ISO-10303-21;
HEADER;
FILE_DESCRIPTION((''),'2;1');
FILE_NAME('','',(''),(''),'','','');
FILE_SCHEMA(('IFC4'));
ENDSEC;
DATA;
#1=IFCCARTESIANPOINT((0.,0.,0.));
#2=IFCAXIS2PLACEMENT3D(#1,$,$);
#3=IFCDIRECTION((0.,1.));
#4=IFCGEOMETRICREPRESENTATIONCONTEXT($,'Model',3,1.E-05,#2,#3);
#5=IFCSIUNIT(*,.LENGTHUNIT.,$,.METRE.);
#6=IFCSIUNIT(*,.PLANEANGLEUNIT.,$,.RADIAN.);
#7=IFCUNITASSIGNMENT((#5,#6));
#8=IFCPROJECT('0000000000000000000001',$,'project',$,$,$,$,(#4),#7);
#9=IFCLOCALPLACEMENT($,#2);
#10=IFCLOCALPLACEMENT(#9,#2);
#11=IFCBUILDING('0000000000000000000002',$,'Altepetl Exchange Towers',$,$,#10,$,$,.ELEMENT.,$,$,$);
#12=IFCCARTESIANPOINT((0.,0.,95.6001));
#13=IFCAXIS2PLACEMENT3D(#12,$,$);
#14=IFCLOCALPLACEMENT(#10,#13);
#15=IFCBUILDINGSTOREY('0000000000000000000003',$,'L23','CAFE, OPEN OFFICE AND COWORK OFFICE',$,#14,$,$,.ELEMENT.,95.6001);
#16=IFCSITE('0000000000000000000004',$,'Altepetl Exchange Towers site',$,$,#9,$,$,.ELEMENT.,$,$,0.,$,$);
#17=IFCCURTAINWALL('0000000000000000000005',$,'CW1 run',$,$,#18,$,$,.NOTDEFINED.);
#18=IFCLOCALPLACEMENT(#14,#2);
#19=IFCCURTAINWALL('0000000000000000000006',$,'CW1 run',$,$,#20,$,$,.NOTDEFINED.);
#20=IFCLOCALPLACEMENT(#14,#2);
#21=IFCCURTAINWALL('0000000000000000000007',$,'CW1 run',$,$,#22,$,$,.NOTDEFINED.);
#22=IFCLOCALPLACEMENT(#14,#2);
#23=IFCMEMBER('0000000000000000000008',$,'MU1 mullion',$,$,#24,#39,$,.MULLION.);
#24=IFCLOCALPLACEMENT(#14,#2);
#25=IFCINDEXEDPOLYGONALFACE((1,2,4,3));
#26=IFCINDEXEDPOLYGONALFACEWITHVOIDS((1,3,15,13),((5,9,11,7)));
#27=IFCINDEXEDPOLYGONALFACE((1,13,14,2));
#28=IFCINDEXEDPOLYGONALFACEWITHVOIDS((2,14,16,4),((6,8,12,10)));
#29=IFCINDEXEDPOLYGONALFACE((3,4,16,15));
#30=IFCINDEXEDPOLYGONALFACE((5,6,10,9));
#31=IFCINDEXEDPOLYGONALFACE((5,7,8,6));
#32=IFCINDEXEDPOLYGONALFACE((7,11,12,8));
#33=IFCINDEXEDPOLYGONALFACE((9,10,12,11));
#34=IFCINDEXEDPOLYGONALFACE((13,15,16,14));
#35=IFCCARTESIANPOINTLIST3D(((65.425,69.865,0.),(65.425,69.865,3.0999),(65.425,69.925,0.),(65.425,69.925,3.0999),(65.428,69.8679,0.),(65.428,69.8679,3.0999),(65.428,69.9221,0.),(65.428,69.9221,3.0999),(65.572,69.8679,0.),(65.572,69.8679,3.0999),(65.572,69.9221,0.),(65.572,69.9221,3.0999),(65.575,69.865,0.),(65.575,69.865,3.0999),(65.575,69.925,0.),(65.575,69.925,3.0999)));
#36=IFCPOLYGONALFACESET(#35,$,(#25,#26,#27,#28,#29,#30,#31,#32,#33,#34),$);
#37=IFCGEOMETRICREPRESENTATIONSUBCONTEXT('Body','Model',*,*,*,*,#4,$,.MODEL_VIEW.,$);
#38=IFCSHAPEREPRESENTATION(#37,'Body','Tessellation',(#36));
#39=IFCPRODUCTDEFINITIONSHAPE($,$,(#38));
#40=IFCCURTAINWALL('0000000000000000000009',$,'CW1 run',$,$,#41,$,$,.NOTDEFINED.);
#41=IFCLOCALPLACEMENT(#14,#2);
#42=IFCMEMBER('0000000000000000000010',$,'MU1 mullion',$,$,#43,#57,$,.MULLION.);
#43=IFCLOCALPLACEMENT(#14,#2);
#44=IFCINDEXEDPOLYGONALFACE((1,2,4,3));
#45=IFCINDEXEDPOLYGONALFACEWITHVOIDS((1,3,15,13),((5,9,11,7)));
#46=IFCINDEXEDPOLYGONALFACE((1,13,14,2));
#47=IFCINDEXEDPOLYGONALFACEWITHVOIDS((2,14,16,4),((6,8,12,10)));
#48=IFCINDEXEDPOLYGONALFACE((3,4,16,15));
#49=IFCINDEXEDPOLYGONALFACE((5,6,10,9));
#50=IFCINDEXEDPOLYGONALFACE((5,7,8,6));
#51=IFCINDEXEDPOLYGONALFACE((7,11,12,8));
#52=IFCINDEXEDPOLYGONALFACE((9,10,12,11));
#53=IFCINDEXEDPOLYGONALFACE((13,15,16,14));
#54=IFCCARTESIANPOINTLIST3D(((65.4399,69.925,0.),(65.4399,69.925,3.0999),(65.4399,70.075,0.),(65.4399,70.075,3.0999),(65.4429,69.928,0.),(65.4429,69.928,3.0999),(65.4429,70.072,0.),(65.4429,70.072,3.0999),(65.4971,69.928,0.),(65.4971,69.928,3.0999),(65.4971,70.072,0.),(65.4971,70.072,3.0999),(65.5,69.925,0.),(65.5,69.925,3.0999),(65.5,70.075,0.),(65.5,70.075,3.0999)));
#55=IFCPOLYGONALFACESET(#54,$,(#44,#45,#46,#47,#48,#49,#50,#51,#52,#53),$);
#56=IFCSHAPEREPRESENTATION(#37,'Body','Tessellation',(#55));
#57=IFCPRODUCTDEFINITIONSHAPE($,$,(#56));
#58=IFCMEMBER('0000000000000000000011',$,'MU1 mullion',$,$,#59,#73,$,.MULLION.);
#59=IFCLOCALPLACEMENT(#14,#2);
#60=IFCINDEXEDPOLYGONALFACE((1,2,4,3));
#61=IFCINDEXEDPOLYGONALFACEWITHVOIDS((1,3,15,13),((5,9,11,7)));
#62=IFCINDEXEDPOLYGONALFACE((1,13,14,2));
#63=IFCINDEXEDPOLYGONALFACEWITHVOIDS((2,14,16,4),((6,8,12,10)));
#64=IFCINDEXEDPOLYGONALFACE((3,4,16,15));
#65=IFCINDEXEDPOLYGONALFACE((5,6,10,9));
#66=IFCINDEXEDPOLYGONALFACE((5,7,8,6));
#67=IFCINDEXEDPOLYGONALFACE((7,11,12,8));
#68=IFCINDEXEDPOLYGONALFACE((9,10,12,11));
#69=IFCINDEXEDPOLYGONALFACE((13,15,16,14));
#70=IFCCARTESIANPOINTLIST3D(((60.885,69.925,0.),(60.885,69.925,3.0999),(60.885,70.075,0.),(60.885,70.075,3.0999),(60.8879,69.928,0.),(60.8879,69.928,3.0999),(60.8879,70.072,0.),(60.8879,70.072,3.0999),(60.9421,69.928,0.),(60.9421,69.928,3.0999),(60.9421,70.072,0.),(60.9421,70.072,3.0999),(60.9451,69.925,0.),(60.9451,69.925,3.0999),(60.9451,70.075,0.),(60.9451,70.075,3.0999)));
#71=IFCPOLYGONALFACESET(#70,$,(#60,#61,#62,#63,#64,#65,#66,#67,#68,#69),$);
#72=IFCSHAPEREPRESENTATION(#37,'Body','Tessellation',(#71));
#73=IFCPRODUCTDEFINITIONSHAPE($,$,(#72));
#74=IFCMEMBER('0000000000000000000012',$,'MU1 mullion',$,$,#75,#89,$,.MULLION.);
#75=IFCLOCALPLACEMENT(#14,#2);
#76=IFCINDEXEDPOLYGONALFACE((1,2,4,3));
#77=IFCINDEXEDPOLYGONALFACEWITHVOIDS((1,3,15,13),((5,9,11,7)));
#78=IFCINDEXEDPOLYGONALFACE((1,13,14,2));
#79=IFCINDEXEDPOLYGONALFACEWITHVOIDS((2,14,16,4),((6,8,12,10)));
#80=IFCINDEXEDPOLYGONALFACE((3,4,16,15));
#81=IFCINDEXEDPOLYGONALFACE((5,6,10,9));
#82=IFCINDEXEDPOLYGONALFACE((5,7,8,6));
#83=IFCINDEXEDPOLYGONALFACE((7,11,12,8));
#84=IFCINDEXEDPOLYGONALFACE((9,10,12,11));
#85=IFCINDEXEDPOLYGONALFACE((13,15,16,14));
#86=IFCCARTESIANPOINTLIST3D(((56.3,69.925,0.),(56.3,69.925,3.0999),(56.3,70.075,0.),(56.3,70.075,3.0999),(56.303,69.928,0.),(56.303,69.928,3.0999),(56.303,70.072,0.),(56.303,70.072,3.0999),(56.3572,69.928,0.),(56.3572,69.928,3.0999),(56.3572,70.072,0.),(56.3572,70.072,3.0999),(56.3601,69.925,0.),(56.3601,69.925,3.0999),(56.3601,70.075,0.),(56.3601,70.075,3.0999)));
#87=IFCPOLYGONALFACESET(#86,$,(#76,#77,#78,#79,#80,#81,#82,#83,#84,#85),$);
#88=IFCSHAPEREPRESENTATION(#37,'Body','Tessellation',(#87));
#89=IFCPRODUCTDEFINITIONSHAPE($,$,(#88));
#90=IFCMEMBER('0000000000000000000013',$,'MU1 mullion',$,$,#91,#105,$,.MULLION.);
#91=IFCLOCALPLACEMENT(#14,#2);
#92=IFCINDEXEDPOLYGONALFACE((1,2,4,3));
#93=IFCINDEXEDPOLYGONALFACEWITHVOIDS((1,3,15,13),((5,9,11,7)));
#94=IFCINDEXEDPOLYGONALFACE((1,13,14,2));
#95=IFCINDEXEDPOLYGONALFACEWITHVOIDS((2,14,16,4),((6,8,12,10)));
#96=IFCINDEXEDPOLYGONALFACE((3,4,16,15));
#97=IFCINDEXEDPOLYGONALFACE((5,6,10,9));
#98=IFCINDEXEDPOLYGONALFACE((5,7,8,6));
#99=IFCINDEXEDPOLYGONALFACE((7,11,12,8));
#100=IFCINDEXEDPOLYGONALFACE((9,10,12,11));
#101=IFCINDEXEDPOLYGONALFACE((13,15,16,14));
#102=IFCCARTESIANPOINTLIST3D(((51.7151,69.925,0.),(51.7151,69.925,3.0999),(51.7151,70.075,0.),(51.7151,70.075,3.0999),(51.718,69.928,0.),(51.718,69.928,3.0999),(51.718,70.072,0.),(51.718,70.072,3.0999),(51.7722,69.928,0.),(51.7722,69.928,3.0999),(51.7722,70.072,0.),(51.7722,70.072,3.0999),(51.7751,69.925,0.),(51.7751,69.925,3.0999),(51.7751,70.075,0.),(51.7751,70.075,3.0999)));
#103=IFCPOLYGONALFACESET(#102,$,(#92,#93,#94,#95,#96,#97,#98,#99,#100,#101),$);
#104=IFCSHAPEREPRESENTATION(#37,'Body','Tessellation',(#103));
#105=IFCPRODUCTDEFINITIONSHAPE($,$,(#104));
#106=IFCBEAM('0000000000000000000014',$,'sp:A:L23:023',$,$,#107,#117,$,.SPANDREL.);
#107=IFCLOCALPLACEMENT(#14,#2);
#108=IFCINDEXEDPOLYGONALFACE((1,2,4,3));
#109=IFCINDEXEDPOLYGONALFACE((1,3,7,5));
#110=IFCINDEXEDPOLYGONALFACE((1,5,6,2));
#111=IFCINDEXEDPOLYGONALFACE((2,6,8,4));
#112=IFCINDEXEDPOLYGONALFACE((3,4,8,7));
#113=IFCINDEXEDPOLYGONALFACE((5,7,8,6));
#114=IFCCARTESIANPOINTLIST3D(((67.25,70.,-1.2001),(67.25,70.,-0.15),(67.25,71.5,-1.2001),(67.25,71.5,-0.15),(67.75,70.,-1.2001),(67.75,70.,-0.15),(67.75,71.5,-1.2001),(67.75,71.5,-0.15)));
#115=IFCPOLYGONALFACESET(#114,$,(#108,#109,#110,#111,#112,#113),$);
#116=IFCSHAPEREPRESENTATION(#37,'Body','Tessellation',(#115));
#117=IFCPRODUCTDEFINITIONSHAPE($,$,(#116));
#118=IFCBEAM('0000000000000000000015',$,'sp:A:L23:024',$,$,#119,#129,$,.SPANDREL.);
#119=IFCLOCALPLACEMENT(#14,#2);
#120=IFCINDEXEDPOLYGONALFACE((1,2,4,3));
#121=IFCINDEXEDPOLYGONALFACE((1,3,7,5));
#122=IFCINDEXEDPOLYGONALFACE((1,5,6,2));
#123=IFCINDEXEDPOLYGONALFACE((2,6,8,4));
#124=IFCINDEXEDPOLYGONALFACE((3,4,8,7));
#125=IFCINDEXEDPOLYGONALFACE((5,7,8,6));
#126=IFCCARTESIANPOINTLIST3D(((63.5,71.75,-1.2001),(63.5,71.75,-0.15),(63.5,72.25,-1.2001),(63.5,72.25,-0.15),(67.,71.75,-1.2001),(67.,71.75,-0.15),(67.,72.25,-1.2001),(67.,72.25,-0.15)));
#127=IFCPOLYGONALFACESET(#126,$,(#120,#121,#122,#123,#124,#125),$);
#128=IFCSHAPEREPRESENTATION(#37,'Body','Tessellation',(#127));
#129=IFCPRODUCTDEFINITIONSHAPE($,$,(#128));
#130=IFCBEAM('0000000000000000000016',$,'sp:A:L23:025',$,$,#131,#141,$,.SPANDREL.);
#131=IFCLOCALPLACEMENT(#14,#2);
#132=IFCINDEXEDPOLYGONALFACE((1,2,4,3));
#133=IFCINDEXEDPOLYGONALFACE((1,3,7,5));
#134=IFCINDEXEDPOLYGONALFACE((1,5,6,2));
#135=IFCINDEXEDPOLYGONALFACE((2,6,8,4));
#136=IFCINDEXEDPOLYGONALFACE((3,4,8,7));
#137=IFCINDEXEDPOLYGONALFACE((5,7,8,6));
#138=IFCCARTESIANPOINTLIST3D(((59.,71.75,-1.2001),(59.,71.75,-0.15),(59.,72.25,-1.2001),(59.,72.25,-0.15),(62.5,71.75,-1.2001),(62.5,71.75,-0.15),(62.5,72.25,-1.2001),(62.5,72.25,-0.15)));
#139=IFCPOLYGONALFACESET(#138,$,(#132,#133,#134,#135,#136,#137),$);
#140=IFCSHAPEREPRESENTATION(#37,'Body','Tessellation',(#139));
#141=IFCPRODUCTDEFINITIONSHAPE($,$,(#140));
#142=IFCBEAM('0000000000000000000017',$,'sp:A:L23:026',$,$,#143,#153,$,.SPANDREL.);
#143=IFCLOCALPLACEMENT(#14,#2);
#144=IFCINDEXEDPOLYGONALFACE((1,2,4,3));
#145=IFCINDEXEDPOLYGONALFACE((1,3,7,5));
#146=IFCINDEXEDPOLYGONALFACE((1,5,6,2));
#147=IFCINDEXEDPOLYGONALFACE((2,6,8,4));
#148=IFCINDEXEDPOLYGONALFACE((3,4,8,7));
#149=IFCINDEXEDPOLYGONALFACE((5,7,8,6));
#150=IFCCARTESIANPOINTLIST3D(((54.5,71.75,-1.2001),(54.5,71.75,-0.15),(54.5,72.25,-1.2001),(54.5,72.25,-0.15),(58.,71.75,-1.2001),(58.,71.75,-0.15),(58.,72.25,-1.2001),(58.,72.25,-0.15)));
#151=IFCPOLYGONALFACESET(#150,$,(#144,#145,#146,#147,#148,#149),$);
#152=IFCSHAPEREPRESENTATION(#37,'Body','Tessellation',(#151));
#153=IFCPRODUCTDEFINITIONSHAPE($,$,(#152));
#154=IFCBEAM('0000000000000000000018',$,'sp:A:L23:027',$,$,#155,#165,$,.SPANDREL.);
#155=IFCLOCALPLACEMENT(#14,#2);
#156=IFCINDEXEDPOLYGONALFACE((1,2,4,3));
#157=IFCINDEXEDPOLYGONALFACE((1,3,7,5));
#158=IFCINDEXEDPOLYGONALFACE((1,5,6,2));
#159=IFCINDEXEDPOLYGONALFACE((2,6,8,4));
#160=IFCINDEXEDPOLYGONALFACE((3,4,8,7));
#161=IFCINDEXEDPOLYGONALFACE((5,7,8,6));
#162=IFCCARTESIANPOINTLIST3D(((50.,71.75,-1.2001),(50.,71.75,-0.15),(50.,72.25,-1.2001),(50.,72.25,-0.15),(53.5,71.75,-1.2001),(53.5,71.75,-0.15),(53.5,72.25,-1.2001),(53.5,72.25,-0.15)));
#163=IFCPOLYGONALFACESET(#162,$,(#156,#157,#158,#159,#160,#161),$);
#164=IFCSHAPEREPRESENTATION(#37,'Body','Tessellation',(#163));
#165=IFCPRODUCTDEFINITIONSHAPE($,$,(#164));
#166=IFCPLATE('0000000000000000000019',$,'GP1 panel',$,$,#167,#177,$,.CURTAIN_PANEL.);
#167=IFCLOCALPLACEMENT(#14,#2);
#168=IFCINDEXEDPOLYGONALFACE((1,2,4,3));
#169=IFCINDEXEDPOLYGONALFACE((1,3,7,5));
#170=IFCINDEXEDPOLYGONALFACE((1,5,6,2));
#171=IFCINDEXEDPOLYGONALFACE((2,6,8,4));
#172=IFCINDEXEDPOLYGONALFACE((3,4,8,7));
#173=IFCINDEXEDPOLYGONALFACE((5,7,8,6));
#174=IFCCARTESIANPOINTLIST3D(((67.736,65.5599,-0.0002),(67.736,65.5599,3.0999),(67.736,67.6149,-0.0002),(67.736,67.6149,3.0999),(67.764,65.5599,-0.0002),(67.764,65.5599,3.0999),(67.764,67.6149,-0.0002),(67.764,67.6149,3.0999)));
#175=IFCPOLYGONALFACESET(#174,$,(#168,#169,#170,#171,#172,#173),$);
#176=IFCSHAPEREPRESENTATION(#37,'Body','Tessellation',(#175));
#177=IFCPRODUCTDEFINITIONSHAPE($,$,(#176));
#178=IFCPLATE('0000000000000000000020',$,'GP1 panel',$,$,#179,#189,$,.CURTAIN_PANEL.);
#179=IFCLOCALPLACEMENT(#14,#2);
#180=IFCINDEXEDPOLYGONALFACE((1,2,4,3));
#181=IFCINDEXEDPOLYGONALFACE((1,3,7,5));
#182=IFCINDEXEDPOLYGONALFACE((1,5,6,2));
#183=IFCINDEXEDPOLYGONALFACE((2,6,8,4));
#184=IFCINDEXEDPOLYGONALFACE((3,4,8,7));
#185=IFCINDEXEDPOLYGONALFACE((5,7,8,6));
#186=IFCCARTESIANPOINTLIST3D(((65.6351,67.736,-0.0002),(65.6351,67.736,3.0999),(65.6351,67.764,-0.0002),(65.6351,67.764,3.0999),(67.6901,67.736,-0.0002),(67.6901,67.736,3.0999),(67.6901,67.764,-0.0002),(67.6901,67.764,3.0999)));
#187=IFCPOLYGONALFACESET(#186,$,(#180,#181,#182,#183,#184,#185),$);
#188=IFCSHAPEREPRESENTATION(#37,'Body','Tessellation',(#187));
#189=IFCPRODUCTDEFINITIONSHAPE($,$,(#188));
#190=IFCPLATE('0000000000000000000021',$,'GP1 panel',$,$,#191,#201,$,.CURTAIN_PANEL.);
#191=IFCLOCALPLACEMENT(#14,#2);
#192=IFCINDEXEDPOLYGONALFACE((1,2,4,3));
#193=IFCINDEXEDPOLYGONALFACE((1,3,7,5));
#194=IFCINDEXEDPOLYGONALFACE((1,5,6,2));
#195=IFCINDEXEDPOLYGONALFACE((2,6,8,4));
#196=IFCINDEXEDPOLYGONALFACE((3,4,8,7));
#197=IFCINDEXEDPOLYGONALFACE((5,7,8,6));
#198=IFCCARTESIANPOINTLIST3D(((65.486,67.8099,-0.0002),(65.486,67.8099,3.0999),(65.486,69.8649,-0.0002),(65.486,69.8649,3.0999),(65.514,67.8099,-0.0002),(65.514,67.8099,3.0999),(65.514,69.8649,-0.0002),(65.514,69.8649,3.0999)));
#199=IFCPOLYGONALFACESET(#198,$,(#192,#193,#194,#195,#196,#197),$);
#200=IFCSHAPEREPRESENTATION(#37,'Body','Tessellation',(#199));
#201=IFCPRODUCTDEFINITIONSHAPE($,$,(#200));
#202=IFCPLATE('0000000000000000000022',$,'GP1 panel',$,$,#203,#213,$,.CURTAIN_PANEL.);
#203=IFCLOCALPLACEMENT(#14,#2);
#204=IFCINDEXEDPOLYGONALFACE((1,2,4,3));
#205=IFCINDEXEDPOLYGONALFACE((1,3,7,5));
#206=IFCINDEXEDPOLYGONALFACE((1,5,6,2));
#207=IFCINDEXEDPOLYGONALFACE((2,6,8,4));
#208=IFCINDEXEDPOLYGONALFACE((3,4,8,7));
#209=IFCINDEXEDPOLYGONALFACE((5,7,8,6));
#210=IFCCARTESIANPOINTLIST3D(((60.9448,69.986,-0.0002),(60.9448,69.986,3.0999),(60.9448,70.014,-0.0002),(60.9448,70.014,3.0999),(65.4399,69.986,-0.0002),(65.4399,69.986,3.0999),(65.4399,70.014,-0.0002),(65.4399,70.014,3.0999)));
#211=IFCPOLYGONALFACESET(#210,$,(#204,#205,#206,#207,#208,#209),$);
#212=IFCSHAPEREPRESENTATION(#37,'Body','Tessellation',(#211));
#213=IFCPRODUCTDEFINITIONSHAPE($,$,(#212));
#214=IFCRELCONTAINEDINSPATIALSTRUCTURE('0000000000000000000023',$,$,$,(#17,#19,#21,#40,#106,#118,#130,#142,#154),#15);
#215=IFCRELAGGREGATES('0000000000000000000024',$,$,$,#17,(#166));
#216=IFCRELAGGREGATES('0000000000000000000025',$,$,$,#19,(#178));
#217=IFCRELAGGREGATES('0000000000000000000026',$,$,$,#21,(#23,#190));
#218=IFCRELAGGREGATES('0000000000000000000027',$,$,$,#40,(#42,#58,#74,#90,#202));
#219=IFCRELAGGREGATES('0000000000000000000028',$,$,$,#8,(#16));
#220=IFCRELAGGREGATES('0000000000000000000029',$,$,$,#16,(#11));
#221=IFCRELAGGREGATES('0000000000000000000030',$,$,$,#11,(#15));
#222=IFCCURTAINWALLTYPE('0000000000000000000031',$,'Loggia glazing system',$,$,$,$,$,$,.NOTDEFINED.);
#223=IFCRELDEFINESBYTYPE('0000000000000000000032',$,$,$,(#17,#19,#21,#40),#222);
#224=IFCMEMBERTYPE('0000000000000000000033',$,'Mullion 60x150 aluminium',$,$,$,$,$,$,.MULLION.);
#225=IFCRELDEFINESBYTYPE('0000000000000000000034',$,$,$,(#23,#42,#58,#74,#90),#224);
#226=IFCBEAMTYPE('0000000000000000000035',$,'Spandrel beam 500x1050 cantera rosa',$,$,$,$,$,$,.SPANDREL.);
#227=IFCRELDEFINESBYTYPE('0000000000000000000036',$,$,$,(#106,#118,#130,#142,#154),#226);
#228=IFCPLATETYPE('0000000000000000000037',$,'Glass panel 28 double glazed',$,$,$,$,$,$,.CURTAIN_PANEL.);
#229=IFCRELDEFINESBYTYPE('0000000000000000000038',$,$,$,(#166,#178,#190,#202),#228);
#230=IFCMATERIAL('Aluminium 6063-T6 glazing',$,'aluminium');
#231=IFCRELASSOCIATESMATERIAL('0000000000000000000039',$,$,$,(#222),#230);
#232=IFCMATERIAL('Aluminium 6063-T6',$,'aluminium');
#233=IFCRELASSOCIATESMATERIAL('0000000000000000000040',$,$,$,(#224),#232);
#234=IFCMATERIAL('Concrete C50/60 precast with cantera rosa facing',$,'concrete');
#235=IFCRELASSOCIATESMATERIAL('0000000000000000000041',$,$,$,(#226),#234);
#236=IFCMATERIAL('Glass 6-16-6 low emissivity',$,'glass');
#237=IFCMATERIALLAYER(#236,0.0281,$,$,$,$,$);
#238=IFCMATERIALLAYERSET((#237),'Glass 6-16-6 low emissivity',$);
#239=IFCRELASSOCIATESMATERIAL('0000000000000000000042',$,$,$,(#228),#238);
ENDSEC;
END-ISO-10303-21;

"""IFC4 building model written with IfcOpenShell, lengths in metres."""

from ifc_helpers import new_model, si_unit, direction, frame, origin, origin_2d, place, context, subcontext, project, spatial, rectangle, hollow_rectangle, extrude, material, layer, layer_set, material_profile, profile_set, type_object, element, aggregate, save


model = new_model("IFC4")

# Units and contexts
model_context = context("Model", 3, precision=1e-05, world=origin(), true_north=direction((0.0, 1.0)))
body_context = subcontext(model_context, "Body", "Model", "MODEL_VIEW")
ifc_project = project(units=[si_unit("LENGTHUNIT", "METRE"), si_unit("PLANEANGLEUNIT", "RADIAN")], contexts=[model_context])

# Site, building, storey
site_placement = place(None, origin())
site = spatial("IfcSite", under=ifc_project, at=site_placement, Name="Altepetl Exchange Towers site", CompositionType="ELEMENT", RefElevation=0.0)
building_placement = place(site_placement, origin())
building = spatial("IfcBuilding", under=site, at=building_placement, Name="Altepetl Exchange Towers", CompositionType="ELEMENT")
storey_placement = place(building_placement, frame((0.0, 0.0, 95.6001)))
storey = spatial("IfcBuildingStorey", under=building, at=storey_placement, Name="L23", Description="CAFE, OPEN OFFICE AND COWORK OFFICE", CompositionType="ELEMENT", Elevation=95.6001)

# Curtain walls, members
ifc_material_1 = material(Name="Aluminium 6063-T6 glazing", Category="aluminium")
curtain_wall_type = type_object("IfcCurtainWallType", Name="Loggia glazing system", PredefinedType="NOTDEFINED", material=ifc_material_1)
curtain_wall_1_placement = place(storey_placement, origin())
curtain_wall_1 = element("IfcCurtainWall", 1, at=curtain_wall_1_placement, inside=storey, type_object=curtain_wall_type, Name="CW1 run", PredefinedType="NOTDEFINED")
ifc_material_2 = material(Name="Aluminium 6063-T6", Category="aluminium")
ifc_material_profile_1 = material_profile(ifc_material_2, hollow_rectangle(XDim=0.0601, YDim=0.1499, WallThickness=0.0029, at=origin_2d()), Name="Mullion 60x150 aluminium")
ifc_profile_set_1 = profile_set([ifc_material_profile_1], Name="Aluminium 6063-T6")
member_type = type_object("IfcMemberType", Name="Mullion 60x150 aluminium", PredefinedType="MULLION", material=ifc_profile_set_1)
curtain_wall_2_placement = place(storey_placement, origin())
curtain_wall_2 = element("IfcCurtainWall", 2, at=curtain_wall_2_placement, inside=storey, type_object=curtain_wall_type, Name="CW1 run", PredefinedType="NOTDEFINED")
curtain_wall_3_placement = place(storey_placement, origin())
curtain_wall_3 = element("IfcCurtainWall", 3, at=curtain_wall_3_placement, inside=storey, type_object=curtain_wall_type, Name="CW1 run", PredefinedType="NOTDEFINED")
member_1_placement = place(storey_placement, frame((65.5, 69.895, 0.0), z_axis=(0.0, 0.0, 1.0), x_axis=(0.0, 1.0, 0.0)))
member_1 = element("IfcMember", 4, at=member_1_placement, type_object=member_type, Name="MU1 mullion", PredefinedType="MULLION", context=body_context, shape_type="SweptSolid", body=[
    extrude(hollow_rectangle(XDim=0.0601, YDim=0.1499, WallThickness=0.0029, at=origin_2d()), origin(), (0.0, 0.0, 1.0), 3.0999),
])
curtain_wall_4_placement = place(storey_placement, origin())
curtain_wall_4 = element("IfcCurtainWall", 5, at=curtain_wall_4_placement, inside=storey, type_object=curtain_wall_type, Name="CW1 run", PredefinedType="NOTDEFINED")
member_2_placement = place(storey_placement, frame((65.47, 70.0, 0.0), z_axis=(0.0, 0.0, 1.0), x_axis=(-1.0, 0.0, 0.0)))
member_2 = element("IfcMember", 6, at=member_2_placement, type_object=member_type, Name="MU1 mullion", PredefinedType="MULLION", context=body_context, shape_type="SweptSolid", body=[
    extrude(hollow_rectangle(XDim=0.0601, YDim=0.1499, WallThickness=0.0029, at=origin_2d()), origin(), (0.0, 0.0, 1.0), 3.0999),
])
member_3_placement = place(storey_placement, frame((60.915, 70.0, 0.0), z_axis=(0.0, 0.0, 1.0), x_axis=(-1.0, 0.0, 0.0)))
member_3 = element("IfcMember", 7, at=member_3_placement, type_object=member_type, Name="MU1 mullion", PredefinedType="MULLION", context=body_context, shape_type="SweptSolid", body=[
    extrude(hollow_rectangle(XDim=0.0601, YDim=0.1499, WallThickness=0.0029, at=origin_2d()), origin(), (0.0, 0.0, 1.0), 3.0999),
])
member_4_placement = place(storey_placement, frame((56.3301, 70.0, 0.0), z_axis=(0.0, 0.0, 1.0), x_axis=(-1.0, 0.0, 0.0)))
member_4 = element("IfcMember", 8, at=member_4_placement, type_object=member_type, Name="MU1 mullion", PredefinedType="MULLION", context=body_context, shape_type="SweptSolid", body=[
    extrude(hollow_rectangle(XDim=0.0601, YDim=0.1499, WallThickness=0.0029, at=origin_2d()), origin(), (0.0, 0.0, 1.0), 3.0999),
])
member_5_placement = place(storey_placement, frame((51.7451, 70.0, 0.0), z_axis=(0.0, 0.0, 1.0), x_axis=(-1.0, 0.0, 0.0)))
member_5 = element("IfcMember", 9, at=member_5_placement, type_object=member_type, Name="MU1 mullion", PredefinedType="MULLION", context=body_context, shape_type="SweptSolid", body=[
    extrude(hollow_rectangle(XDim=0.0601, YDim=0.1499, WallThickness=0.0029, at=origin_2d()), origin(), (0.0, 0.0, 1.0), 3.0999),
])

# Beams
ifc_material_3 = material(Name="Concrete C50/60 precast with cantera rosa facing", Category="concrete")
ifc_material_profile_2 = material_profile(ifc_material_3, rectangle(XDim=0.5, YDim=1.05, at=origin_2d()), Name="500 x 1050")
ifc_profile_set_2 = profile_set([ifc_material_profile_2], Name="Concrete C50/60 precast with cantera rosa facing")
beam_type_1 = type_object("IfcBeamType", Name="Spandrel beam 500x1050 cantera rosa", PredefinedType="SPANDREL", material=ifc_profile_set_2)
beam_1_placement = place(storey_placement, frame((67.5, 70.0, -0.675), z_axis=(0.0, 1.0, 0.0), x_axis=(-1.0, 0.0, 0.0)))
element("IfcBeam", 10, at=beam_1_placement, inside=storey, type_object=beam_type_1, Name="sp:A:L23:023", PredefinedType="SPANDREL", context=body_context, shape_type="SweptSolid", body=[
    extrude(rectangle(XDim=0.5, YDim=1.05, at=origin_2d()), origin(), (0.0, 0.0, 1.0), 1.5),
])
for number, where, z_axis, x_axis, name in (
    (11, (67.0, 72.0, -0.675), (-1.0, 0.0, 0.0), (0.0, -1.0, 0.0), "sp:A:L23:024"),
    (12, (62.5, 72.0, -0.675), (-1.0, 0.0, 0.0), (0.0, -1.0, 0.0), "sp:A:L23:025"),
    (13, (58.0, 72.0, -0.675), (-1.0, 0.0, 0.0), (0.0, -1.0, 0.0), "sp:A:L23:026"),
    (14, (53.5, 72.0, -0.675), (-1.0, 0.0, 0.0), (0.0, -1.0, 0.0), "sp:A:L23:027"),
):
    element("IfcBeam", number, at=place(storey_placement, frame(where, z_axis=z_axis, x_axis=x_axis)), inside=storey, type_object=beam_type_1, Name=name, PredefinedType="SPANDREL", context=body_context, shape_type="SweptSolid", body=[
        extrude(rectangle(XDim=0.5, YDim=1.05, at=origin_2d()), origin(), (0.0, 0.0, 1.0), 3.5),
    ])

# Plates
ifc_material_4 = material(Name="Glass 6-16-6 low emissivity", Category="glass")
ifc_layer_1 = layer(ifc_material_4, 0.0281)
ifc_layer_set_1 = layer_set([ifc_layer_1], Name="Glass 6-16-6 low emissivity")
plate_type = type_object("IfcPlateType", Name="Glass panel 28 double glazed", PredefinedType="CURTAIN_PANEL", material=ifc_layer_set_1)
plate_1_placement = place(storey_placement, frame((67.75, 66.5874, -0.0002), z_axis=(0.0, 0.0, 1.0), x_axis=(0.0, 1.0, 0.0)))
plate_1 = element("IfcPlate", 15, at=plate_1_placement, type_object=plate_type, Name="GP1 panel", PredefinedType="CURTAIN_PANEL", context=body_context, shape_type="SweptSolid", body=[
    extrude(rectangle(XDim=2.0549, YDim=0.0281, at=origin_2d()), origin(), (0.0, 0.0, 1.0), 3.1001),
])
aggregate(curtain_wall_1, [plate_1])
plate_2_placement = place(storey_placement, frame((66.6626, 67.75, -0.0002), z_axis=(0.0, 0.0, 1.0), x_axis=(-1.0, 0.0, 0.0)))
plate_2 = element("IfcPlate", 16, at=plate_2_placement, type_object=plate_type, Name="GP1 panel", PredefinedType="CURTAIN_PANEL", context=body_context, shape_type="SweptSolid", body=[
    extrude(rectangle(XDim=2.0549, YDim=0.0281, at=origin_2d()), origin(), (0.0, 0.0, 1.0), 3.1001),
])
aggregate(curtain_wall_2, [plate_2])
plate_3_placement = place(storey_placement, frame((65.5, 68.8374, -0.0002), z_axis=(0.0, 0.0, 1.0), x_axis=(0.0, 1.0, 0.0)))
plate_3 = element("IfcPlate", 17, at=plate_3_placement, type_object=plate_type, Name="GP1 panel", PredefinedType="CURTAIN_PANEL", context=body_context, shape_type="SweptSolid", body=[
    extrude(rectangle(XDim=2.0549, YDim=0.0281, at=origin_2d()), origin(), (0.0, 0.0, 1.0), 3.1001),
])
aggregate(curtain_wall_3, [member_1, plate_3])
plate_4_placement = place(storey_placement, frame((63.1924, 70.0, -0.0002), z_axis=(0.0, 0.0, 1.0), x_axis=(-1.0, 0.0, 0.0)))
plate_4 = element("IfcPlate", 18, at=plate_4_placement, type_object=plate_type, Name="GP1 panel", PredefinedType="CURTAIN_PANEL", context=body_context, shape_type="SweptSolid", body=[
    extrude(rectangle(XDim=4.4951, YDim=0.0281, at=origin_2d()), origin(), (0.0, 0.0, 1.0), 3.1001),
])
aggregate(curtain_wall_4, [member_2, member_3, member_4, member_5, plate_4])

save(model, "model.ifc")
